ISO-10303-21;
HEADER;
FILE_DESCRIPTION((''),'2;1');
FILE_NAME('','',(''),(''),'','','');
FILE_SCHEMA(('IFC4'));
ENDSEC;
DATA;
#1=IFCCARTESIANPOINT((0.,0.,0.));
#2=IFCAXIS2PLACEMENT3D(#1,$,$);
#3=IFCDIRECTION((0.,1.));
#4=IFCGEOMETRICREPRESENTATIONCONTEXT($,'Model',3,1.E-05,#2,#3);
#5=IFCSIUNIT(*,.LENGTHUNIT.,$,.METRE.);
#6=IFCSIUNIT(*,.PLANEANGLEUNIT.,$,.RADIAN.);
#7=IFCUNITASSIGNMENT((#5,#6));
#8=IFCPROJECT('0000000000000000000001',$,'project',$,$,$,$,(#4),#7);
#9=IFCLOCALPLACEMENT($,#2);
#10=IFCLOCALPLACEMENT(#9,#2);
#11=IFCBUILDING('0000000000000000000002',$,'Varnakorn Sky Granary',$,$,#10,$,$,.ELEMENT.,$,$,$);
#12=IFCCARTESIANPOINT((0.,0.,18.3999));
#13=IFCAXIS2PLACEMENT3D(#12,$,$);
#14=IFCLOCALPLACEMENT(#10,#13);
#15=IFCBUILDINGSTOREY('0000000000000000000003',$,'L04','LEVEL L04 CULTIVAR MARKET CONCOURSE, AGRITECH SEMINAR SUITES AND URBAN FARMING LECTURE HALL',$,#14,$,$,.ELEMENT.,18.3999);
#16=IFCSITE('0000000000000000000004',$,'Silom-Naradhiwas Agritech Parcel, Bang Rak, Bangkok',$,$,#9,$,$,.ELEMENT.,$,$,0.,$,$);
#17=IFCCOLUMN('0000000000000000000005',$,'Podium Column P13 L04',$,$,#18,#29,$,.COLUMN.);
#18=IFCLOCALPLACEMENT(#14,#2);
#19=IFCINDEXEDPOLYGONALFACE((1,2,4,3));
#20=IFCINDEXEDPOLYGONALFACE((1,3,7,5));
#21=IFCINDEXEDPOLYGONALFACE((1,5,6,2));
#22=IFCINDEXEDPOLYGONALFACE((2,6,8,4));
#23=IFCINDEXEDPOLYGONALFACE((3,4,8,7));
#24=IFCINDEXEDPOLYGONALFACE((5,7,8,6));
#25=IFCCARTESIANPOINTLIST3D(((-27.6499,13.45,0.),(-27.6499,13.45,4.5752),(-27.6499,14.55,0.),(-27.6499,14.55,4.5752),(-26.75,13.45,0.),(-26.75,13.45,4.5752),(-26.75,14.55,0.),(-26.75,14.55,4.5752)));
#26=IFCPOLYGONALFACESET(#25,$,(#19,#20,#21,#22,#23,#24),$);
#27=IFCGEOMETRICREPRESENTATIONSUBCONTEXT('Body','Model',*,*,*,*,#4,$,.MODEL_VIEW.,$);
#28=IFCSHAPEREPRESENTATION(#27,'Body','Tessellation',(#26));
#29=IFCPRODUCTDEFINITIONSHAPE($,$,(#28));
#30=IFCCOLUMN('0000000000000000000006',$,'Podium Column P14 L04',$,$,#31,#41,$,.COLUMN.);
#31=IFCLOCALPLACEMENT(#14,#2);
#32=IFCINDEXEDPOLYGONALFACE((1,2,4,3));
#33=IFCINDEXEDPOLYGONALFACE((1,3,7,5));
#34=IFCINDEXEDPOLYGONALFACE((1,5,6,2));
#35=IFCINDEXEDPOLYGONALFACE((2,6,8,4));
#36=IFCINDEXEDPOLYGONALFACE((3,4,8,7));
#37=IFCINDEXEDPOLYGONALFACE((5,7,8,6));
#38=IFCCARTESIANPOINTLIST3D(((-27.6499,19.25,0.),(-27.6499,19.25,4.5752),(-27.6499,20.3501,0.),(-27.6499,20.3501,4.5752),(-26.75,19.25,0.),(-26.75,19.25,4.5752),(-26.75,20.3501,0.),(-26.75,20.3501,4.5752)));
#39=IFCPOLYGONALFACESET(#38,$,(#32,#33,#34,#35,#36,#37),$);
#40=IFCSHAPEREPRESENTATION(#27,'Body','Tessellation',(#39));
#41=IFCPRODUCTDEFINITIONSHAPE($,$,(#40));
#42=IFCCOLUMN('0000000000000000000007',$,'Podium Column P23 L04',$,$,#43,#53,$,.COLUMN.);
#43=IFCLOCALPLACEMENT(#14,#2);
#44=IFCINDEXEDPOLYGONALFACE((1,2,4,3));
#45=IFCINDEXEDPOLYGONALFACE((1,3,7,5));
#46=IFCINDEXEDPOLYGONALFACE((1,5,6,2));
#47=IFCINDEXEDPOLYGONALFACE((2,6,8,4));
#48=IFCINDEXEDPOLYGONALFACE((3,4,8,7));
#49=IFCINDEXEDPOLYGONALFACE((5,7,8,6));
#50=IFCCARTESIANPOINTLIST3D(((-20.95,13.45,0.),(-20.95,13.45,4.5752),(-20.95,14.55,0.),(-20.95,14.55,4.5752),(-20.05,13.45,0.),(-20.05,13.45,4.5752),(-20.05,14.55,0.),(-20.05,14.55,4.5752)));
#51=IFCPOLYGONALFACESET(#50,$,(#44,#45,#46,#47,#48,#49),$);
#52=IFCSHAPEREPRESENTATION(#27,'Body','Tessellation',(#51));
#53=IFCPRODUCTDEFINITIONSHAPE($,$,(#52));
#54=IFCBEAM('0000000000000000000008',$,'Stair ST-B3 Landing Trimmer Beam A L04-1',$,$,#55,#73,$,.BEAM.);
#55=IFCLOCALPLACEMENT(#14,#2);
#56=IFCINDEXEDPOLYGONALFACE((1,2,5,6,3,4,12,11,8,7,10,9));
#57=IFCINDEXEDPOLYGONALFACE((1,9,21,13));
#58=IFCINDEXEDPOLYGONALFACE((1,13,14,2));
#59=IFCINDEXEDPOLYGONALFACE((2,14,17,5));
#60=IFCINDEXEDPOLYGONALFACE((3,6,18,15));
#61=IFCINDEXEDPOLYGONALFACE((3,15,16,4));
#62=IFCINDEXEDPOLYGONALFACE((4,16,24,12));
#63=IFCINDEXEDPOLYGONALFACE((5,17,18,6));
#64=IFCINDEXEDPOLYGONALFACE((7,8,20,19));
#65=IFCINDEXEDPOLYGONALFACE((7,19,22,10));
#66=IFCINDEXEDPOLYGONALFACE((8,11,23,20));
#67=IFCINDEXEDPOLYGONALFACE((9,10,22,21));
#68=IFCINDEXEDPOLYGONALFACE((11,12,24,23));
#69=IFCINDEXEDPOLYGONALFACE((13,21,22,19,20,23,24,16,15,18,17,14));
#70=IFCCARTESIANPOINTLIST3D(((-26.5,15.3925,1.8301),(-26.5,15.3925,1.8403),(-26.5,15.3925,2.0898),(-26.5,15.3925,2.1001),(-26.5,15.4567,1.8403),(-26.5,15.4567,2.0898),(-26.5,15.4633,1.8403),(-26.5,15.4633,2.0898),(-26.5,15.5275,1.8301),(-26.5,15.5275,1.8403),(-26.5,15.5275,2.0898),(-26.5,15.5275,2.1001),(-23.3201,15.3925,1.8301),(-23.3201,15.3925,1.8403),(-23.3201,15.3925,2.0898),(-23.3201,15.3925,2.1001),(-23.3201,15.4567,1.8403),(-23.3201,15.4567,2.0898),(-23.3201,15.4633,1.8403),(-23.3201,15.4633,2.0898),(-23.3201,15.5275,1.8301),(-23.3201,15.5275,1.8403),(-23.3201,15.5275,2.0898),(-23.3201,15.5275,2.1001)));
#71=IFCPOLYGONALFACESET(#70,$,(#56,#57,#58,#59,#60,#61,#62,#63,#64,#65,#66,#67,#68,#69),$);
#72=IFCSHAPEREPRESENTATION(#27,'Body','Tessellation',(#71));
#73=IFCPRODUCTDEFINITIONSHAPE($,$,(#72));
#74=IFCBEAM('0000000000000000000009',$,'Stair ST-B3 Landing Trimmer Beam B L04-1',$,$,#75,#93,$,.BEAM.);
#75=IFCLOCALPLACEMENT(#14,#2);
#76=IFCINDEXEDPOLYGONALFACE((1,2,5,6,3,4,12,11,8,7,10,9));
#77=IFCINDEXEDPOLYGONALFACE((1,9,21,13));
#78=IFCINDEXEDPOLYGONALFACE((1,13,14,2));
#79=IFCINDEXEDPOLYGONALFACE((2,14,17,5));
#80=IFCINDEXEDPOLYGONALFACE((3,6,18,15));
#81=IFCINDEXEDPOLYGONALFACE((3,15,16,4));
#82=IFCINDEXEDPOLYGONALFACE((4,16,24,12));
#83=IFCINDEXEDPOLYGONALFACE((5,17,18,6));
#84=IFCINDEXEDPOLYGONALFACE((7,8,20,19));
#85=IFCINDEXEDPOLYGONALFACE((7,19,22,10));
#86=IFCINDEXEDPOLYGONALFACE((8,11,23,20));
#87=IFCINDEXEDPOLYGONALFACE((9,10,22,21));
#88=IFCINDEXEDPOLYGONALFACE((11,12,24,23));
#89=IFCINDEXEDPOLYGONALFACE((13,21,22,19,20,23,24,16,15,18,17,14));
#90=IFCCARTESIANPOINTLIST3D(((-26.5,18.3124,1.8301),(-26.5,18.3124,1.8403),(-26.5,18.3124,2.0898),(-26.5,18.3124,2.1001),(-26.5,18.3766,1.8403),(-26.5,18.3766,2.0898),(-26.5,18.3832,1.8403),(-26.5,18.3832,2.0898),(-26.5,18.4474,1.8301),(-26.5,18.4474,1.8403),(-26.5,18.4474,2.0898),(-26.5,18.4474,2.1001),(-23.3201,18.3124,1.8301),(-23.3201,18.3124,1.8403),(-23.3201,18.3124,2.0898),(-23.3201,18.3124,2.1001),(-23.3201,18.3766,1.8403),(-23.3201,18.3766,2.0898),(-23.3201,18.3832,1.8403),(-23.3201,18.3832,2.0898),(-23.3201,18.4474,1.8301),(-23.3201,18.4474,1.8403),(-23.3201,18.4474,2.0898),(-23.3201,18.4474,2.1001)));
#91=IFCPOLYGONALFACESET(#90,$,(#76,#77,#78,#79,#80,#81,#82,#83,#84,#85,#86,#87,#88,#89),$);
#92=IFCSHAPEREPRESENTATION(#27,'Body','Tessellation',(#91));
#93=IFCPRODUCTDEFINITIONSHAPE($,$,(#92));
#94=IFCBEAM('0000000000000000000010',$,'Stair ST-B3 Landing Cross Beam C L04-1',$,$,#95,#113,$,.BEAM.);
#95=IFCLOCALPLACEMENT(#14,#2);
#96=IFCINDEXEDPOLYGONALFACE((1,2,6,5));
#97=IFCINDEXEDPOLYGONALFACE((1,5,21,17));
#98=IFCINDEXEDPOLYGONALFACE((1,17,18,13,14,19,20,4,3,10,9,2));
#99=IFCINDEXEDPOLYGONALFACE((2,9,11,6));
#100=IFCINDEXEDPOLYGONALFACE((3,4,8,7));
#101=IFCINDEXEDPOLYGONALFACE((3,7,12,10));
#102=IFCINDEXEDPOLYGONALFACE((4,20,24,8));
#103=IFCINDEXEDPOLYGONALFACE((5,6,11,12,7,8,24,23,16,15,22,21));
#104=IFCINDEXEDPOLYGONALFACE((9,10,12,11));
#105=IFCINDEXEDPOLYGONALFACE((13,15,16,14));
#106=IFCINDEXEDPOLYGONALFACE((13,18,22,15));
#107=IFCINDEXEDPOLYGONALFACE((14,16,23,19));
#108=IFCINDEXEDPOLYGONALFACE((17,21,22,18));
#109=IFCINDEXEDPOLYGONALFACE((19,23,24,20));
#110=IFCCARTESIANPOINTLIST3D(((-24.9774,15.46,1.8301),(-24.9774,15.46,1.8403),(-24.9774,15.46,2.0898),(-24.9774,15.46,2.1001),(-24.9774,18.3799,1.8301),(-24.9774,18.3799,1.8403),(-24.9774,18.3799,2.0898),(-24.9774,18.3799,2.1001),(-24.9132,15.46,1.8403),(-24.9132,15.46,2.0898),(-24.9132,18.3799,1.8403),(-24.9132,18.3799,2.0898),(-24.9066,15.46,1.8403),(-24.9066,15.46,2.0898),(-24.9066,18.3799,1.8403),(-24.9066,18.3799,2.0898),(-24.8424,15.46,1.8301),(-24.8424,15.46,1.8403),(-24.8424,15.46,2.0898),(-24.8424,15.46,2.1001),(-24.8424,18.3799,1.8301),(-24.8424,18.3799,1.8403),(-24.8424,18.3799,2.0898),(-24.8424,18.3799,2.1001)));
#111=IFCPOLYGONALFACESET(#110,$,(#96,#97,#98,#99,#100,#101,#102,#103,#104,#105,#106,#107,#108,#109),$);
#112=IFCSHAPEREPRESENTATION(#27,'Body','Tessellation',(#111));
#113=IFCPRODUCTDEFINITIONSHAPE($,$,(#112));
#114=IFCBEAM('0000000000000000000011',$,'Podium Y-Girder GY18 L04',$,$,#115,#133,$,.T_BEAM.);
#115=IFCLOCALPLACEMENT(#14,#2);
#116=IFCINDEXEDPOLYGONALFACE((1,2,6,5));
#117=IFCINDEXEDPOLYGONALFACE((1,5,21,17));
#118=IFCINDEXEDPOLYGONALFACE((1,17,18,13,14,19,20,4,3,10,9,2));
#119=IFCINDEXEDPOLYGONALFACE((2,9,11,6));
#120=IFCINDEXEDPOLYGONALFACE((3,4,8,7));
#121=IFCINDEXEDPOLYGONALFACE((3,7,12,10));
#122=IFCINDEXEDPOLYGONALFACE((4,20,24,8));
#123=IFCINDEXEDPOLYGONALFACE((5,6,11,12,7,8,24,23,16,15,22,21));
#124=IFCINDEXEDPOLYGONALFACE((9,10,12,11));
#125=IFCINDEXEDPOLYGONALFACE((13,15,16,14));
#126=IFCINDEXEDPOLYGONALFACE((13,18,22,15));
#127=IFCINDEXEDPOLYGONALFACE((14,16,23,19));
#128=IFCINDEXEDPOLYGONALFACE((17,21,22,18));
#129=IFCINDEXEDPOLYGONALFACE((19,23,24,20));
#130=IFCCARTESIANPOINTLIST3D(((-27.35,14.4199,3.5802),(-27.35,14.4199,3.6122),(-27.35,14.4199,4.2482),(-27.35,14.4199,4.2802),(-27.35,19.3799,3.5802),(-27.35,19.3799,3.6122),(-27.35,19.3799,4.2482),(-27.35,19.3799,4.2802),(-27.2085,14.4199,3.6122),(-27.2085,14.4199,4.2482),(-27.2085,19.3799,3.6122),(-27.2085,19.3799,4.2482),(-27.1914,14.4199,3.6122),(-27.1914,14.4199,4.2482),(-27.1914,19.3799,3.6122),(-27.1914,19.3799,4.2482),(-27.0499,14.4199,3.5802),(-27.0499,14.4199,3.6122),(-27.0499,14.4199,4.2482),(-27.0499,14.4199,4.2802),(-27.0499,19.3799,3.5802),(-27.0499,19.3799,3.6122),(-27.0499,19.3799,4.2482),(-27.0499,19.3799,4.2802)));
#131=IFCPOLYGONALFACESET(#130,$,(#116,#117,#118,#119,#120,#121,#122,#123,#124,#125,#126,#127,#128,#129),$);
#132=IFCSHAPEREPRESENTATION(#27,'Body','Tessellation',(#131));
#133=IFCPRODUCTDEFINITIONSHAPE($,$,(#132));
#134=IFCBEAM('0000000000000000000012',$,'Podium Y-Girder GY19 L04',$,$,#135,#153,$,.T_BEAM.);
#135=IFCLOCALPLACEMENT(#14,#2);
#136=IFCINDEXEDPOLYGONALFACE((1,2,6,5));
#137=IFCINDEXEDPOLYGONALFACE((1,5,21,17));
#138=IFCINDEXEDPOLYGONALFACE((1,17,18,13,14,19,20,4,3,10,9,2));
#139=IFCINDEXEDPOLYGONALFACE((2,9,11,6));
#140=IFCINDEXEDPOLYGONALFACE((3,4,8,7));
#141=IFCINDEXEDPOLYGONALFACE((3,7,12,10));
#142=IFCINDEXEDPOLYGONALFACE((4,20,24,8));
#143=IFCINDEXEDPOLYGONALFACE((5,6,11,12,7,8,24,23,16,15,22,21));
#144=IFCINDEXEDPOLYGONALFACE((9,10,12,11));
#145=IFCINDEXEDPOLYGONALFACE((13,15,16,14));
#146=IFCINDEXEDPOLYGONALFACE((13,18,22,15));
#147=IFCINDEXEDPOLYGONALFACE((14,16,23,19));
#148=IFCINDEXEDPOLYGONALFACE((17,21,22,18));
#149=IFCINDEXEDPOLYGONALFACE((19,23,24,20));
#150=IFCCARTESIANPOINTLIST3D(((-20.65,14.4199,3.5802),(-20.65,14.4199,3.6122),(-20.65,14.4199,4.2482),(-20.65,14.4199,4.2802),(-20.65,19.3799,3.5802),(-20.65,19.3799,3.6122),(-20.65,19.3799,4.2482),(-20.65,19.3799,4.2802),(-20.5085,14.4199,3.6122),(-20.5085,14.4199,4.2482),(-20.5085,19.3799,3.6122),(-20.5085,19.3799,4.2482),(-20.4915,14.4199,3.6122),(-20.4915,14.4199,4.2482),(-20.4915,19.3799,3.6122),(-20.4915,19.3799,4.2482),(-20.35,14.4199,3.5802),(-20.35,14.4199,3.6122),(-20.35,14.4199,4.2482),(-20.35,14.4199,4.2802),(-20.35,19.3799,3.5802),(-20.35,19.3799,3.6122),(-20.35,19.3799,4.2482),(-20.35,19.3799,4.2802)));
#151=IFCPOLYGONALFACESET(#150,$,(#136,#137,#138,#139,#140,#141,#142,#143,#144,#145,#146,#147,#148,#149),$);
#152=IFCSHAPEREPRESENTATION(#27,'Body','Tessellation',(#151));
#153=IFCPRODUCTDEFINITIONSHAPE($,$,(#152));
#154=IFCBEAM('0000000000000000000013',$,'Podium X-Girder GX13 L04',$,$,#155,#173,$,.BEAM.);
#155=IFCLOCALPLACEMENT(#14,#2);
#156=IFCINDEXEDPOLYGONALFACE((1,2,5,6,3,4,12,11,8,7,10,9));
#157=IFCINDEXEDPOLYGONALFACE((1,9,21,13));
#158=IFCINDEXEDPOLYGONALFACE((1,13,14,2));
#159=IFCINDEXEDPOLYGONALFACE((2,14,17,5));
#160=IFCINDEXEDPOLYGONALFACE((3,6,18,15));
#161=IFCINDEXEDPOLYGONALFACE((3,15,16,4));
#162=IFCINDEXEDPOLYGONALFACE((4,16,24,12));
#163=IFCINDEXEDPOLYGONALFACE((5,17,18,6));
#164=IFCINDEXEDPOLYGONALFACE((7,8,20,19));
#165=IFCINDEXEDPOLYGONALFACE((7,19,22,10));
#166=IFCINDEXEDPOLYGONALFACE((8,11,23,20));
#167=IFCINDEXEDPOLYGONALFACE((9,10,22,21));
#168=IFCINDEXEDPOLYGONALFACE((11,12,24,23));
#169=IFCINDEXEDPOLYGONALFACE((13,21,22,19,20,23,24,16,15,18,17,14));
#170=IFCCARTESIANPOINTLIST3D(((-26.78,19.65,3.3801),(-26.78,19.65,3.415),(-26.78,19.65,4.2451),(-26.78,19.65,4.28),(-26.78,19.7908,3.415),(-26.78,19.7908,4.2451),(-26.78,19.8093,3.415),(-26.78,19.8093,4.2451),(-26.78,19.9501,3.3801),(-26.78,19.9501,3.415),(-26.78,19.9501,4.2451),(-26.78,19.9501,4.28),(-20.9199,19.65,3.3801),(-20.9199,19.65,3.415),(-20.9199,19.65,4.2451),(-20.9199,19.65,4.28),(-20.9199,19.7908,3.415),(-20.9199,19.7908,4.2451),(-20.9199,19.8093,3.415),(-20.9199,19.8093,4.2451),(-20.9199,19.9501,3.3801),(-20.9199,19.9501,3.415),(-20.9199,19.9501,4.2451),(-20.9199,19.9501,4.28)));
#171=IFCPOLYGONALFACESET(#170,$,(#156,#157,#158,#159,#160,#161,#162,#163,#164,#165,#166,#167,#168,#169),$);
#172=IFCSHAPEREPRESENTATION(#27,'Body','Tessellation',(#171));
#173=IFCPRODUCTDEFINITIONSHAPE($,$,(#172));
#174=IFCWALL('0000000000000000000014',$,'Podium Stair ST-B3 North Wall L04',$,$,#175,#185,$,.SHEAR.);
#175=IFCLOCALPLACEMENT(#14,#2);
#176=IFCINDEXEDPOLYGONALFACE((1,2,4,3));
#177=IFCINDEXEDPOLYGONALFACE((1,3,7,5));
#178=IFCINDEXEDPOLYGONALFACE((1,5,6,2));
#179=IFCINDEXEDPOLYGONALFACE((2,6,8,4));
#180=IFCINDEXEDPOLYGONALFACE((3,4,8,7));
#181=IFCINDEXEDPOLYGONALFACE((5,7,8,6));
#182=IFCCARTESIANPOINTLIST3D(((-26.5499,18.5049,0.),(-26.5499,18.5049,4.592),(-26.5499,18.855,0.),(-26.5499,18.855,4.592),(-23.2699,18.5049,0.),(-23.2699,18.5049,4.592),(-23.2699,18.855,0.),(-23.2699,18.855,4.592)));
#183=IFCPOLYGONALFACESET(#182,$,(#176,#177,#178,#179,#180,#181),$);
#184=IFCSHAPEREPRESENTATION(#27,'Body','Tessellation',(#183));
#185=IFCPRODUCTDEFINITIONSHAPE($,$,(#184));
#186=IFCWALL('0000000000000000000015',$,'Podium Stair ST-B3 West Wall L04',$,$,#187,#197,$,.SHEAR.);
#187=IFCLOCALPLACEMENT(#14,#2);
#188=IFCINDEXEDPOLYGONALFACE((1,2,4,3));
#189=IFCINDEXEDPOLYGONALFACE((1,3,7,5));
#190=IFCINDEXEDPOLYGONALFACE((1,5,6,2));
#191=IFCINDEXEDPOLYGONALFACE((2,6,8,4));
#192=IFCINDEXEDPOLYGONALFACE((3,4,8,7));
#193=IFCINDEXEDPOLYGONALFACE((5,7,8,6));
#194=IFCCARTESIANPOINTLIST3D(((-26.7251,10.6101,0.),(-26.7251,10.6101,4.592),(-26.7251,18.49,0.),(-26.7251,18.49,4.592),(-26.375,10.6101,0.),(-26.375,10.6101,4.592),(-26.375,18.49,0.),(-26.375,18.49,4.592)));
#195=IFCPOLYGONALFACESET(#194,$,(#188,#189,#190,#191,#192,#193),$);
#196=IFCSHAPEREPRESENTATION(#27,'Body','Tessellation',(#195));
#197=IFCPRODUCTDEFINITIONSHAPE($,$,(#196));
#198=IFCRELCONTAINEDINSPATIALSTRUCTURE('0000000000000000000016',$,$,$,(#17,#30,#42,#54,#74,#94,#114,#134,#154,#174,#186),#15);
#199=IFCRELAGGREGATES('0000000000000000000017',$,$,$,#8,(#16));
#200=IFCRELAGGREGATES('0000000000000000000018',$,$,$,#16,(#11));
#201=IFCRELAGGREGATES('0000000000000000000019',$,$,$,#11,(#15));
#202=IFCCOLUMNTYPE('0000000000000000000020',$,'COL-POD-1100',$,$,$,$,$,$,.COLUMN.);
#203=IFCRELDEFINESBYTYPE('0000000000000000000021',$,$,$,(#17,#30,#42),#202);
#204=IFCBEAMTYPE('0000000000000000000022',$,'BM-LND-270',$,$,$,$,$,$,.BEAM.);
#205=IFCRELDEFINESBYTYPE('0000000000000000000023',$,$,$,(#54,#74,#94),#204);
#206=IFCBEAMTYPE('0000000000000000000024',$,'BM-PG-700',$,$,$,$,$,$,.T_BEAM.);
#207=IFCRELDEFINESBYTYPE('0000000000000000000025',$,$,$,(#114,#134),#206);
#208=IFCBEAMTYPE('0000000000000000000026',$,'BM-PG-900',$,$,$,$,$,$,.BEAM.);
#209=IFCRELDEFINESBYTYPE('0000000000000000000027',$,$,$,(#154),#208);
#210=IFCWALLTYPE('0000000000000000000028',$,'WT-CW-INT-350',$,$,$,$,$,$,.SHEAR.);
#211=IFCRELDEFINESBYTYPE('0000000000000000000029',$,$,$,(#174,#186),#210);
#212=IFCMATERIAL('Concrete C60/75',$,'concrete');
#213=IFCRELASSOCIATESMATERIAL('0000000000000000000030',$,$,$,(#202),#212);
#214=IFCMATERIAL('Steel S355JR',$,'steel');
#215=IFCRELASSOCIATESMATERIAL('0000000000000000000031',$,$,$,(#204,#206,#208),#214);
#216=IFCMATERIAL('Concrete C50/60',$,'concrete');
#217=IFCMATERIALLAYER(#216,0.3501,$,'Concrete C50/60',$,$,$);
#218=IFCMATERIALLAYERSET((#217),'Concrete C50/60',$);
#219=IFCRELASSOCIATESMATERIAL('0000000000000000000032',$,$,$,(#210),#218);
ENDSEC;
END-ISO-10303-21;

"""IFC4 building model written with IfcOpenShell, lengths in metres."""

from ifc_helpers import new_model, si_unit, direction, frame, frame_2d, origin, origin_2d, place, context, subcontext, project, spatial, rectangle, i_section, extrude, material, layer, layer_set, material_profile, profile_set, type_object, element, save


model = new_model("IFC4")

# Units and contexts
model_context = context("Model", 3, precision=1e-05, world=origin(), true_north=direction((0.0, 1.0)))
body_context = subcontext(model_context, "Body", "Model", "MODEL_VIEW")
ifc_project = project(units=[si_unit("LENGTHUNIT", "METRE"), si_unit("PLANEANGLEUNIT", "RADIAN")], contexts=[model_context])

# Site, building, storey
site_placement = place(None, origin())
site = spatial("IfcSite", under=ifc_project, at=site_placement, Name="Silom-Naradhiwas Agritech Parcel, Bang Rak, Bangkok", CompositionType="ELEMENT", RefElevation=0.0)
building_placement = place(site_placement, origin())
building = spatial("IfcBuilding", under=site, at=building_placement, Name="Varnakorn Sky Granary", CompositionType="ELEMENT")
storey_placement = place(building_placement, frame((0.0, 0.0, 18.3999)))
storey = spatial("IfcBuildingStorey", under=building, at=storey_placement, Name="L04", Description="LEVEL L04 CULTIVAR MARKET CONCOURSE, AGRITECH SEMINAR SUITES AND URBAN FARMING LECTURE HALL", CompositionType="ELEMENT", Elevation=18.3999)

# Columns
ifc_material_1 = material(Name="Concrete C60/75", Category="concrete")
ifc_material_profile_1 = material_profile(ifc_material_1, rectangle(XDim=0.8999, YDim=1.1001, at=origin_2d()), Name="RC 900x1100")
ifc_profile_set_1 = profile_set([ifc_material_profile_1], Name="Concrete C60/75")
column_type = type_object("IfcColumnType", Name="COL-POD-1100", PredefinedType="COLUMN", material=ifc_profile_set_1)
for number, where, z_axis, x_axis, name in (
    (1, (-27.2, 14.0, 0.0), (0.0, 0.0, 1.0), (1.0, 0.0, 0.0), "Podium Column P13 L04"),
    (2, (-27.2, 19.8, 0.0), (0.0, 0.0, 1.0), (1.0, 0.0, 0.0), "Podium Column P14 L04"),
    (3, (-20.5, 14.0, 0.0), (0.0, 0.0, 1.0), (1.0, 0.0, 0.0), "Podium Column P23 L04"),
):
    element("IfcColumn", number, at=place(storey_placement, frame(where, z_axis=z_axis, x_axis=x_axis)), inside=storey, type_object=column_type, Name=name, PredefinedType="COLUMN", context=body_context, shape_type="SweptSolid", body=[
        extrude(rectangle(XDim=0.8999, YDim=1.1001, at=origin_2d()), origin(), (0.0, 0.0, 1.0), 4.5752),
    ])

# Beams
ifc_material_2 = material(Name="Steel S355JR", Category="steel")
ifc_material_profile_2 = material_profile(ifc_material_2, i_section(OverallWidth=0.135, OverallDepth=0.27, WebThickness=0.0066, FlangeThickness=0.0103, at=origin_2d()), Name="IPE 270")
ifc_profile_set_2 = profile_set([ifc_material_profile_2], Name="Steel S355JR")
beam_type_1 = type_object("IfcBeamType", Name="BM-LND-270", PredefinedType="BEAM", material=ifc_profile_set_2)
for number, where, z_axis, x_axis, name in (
    (4, (-26.5, 15.46, 1.9651), (1.0, 0.0, 0.0), (0.0, 1.0, 0.0), "Stair ST-B3 Landing Trimmer Beam A L04-1"),
    (5, (-26.5, 18.3799, 1.9651), (1.0, 0.0, 0.0), (0.0, 1.0, 0.0), "Stair ST-B3 Landing Trimmer Beam B L04-1"),
):
    element("IfcBeam", number, at=place(storey_placement, frame(where, z_axis=z_axis, x_axis=x_axis)), inside=storey, type_object=beam_type_1, Name=name, PredefinedType="BEAM", context=body_context, shape_type="SweptSolid", body=[
        extrude(i_section(OverallWidth=0.135, OverallDepth=0.27, WebThickness=0.0066, FlangeThickness=0.0103, at=origin_2d()), origin(), (0.0, 0.0, 1.0), 3.1799),
    ])
beam_1_placement = place(storey_placement, frame((-24.9099, 15.46, 1.9651), z_axis=(0.0, 1.0, 0.0), x_axis=(-1.0, 0.0, 0.0)))
element("IfcBeam", 6, at=beam_1_placement, inside=storey, type_object=beam_type_1, Name="Stair ST-B3 Landing Cross Beam C L04-1", PredefinedType="BEAM", context=body_context, shape_type="SweptSolid", body=[
    extrude(i_section(OverallWidth=0.135, OverallDepth=0.27, WebThickness=0.0066, FlangeThickness=0.0103, at=origin_2d()), origin(), (0.0, 0.0, 1.0), 2.9199),
])
ifc_material_profile_3 = material_profile(ifc_material_2, i_section(OverallWidth=0.3, OverallDepth=0.7, WebThickness=0.0171, FlangeThickness=0.032, at=origin_2d()), Name="HE 700 B")
ifc_profile_set_3 = profile_set([ifc_material_profile_3], Name="Steel S355JR")
beam_type_2 = type_object("IfcBeamType", Name="BM-PG-700", PredefinedType="T_BEAM", material=ifc_profile_set_3)
for number, where, z_axis, x_axis, name in (
    (7, (-27.2, 14.4199, 3.9302), (0.0, 1.0, 0.0), (-1.0, 0.0, 0.0), "Podium Y-Girder GY18 L04"),
    (8, (-20.5, 14.4199, 3.9302), (0.0, 1.0, 0.0), (-1.0, 0.0, 0.0), "Podium Y-Girder GY19 L04"),
):
    element("IfcBeam", number, at=place(storey_placement, frame(where, z_axis=z_axis, x_axis=x_axis)), inside=storey, type_object=beam_type_2, Name=name, PredefinedType="T_BEAM", context=body_context, shape_type="SweptSolid", body=[
        extrude(i_section(OverallWidth=0.3, OverallDepth=0.7, WebThickness=0.0171, FlangeThickness=0.032, at=origin_2d()), origin(), (0.0, 0.0, 1.0), 4.96),
    ])
ifc_material_profile_4 = material_profile(ifc_material_2, i_section(OverallWidth=0.3, OverallDepth=0.8999, WebThickness=0.0186, FlangeThickness=0.0349, at=origin_2d()), Name="HE 900 B")
ifc_profile_set_4 = profile_set([ifc_material_profile_4], Name="Steel S355JR")
beam_type_3 = type_object("IfcBeamType", Name="BM-PG-900", PredefinedType="BEAM", material=ifc_profile_set_4)
beam_2_placement = place(storey_placement, frame((-26.78, 19.8, 3.8301), z_axis=(1.0, 0.0, 0.0), x_axis=(0.0, 1.0, 0.0)))
element("IfcBeam", 9, at=beam_2_placement, inside=storey, type_object=beam_type_3, Name="Podium X-Girder GX13 L04", PredefinedType="BEAM", context=body_context, shape_type="SweptSolid", body=[
    extrude(i_section(OverallWidth=0.3, OverallDepth=0.8999, WebThickness=0.0186, FlangeThickness=0.0349, at=origin_2d()), origin(), (0.0, 0.0, 1.0), 5.8601),
])

# Shared definitions
ifc_material_3 = material(Name="Concrete C50/60", Category="concrete")
ifc_layer_1 = layer(ifc_material_3, 0.3501, Name="Concrete C50/60")
ifc_layer_set_1 = layer_set([ifc_layer_1], Name="Concrete C50/60")
wall_type_1 = type_object("IfcWallType", Name="WT-CW-INT-350", PredefinedType="SHEAR", material=ifc_layer_set_1)

# Walls
wall_1_placement = place(storey_placement, frame((-26.55, 18.6799, 0.0), z_axis=(0.0, 0.0, 1.0), x_axis=(1.0, 0.0, 0.0)))
element("IfcWall", 10, at=wall_1_placement, inside=storey, type_object=wall_type_1, Name="Podium Stair ST-B3 North Wall L04", PredefinedType="SHEAR", context=body_context, shape_type="SweptSolid", body=[
    extrude(rectangle(XDim=3.28, YDim=0.3501, at=frame_2d((1.6401, 0.0))), origin(), (0.0, 0.0, 1.0), 4.592),
])
for number, where, z_axis, x_axis, name in (
    (11, (-26.55, 10.6101, 0.0), (0.0, 0.0, 1.0), (0.0, 1.0, 0.0), "Podium Stair ST-B3 West Wall L04"),
):
    element("IfcWall", number, at=place(storey_placement, frame(where, z_axis=z_axis, x_axis=x_axis)), inside=storey, type_object=wall_type_1, Name=name, PredefinedType="SHEAR", context=body_context, shape_type="SweptSolid", body=[
        extrude(rectangle(XDim=7.8799, YDim=0.3501, at=frame_2d((3.9399, 0.0))), origin(), (0.0, 0.0, 1.0), 4.592),
    ])

save(model, "model.ifc")
